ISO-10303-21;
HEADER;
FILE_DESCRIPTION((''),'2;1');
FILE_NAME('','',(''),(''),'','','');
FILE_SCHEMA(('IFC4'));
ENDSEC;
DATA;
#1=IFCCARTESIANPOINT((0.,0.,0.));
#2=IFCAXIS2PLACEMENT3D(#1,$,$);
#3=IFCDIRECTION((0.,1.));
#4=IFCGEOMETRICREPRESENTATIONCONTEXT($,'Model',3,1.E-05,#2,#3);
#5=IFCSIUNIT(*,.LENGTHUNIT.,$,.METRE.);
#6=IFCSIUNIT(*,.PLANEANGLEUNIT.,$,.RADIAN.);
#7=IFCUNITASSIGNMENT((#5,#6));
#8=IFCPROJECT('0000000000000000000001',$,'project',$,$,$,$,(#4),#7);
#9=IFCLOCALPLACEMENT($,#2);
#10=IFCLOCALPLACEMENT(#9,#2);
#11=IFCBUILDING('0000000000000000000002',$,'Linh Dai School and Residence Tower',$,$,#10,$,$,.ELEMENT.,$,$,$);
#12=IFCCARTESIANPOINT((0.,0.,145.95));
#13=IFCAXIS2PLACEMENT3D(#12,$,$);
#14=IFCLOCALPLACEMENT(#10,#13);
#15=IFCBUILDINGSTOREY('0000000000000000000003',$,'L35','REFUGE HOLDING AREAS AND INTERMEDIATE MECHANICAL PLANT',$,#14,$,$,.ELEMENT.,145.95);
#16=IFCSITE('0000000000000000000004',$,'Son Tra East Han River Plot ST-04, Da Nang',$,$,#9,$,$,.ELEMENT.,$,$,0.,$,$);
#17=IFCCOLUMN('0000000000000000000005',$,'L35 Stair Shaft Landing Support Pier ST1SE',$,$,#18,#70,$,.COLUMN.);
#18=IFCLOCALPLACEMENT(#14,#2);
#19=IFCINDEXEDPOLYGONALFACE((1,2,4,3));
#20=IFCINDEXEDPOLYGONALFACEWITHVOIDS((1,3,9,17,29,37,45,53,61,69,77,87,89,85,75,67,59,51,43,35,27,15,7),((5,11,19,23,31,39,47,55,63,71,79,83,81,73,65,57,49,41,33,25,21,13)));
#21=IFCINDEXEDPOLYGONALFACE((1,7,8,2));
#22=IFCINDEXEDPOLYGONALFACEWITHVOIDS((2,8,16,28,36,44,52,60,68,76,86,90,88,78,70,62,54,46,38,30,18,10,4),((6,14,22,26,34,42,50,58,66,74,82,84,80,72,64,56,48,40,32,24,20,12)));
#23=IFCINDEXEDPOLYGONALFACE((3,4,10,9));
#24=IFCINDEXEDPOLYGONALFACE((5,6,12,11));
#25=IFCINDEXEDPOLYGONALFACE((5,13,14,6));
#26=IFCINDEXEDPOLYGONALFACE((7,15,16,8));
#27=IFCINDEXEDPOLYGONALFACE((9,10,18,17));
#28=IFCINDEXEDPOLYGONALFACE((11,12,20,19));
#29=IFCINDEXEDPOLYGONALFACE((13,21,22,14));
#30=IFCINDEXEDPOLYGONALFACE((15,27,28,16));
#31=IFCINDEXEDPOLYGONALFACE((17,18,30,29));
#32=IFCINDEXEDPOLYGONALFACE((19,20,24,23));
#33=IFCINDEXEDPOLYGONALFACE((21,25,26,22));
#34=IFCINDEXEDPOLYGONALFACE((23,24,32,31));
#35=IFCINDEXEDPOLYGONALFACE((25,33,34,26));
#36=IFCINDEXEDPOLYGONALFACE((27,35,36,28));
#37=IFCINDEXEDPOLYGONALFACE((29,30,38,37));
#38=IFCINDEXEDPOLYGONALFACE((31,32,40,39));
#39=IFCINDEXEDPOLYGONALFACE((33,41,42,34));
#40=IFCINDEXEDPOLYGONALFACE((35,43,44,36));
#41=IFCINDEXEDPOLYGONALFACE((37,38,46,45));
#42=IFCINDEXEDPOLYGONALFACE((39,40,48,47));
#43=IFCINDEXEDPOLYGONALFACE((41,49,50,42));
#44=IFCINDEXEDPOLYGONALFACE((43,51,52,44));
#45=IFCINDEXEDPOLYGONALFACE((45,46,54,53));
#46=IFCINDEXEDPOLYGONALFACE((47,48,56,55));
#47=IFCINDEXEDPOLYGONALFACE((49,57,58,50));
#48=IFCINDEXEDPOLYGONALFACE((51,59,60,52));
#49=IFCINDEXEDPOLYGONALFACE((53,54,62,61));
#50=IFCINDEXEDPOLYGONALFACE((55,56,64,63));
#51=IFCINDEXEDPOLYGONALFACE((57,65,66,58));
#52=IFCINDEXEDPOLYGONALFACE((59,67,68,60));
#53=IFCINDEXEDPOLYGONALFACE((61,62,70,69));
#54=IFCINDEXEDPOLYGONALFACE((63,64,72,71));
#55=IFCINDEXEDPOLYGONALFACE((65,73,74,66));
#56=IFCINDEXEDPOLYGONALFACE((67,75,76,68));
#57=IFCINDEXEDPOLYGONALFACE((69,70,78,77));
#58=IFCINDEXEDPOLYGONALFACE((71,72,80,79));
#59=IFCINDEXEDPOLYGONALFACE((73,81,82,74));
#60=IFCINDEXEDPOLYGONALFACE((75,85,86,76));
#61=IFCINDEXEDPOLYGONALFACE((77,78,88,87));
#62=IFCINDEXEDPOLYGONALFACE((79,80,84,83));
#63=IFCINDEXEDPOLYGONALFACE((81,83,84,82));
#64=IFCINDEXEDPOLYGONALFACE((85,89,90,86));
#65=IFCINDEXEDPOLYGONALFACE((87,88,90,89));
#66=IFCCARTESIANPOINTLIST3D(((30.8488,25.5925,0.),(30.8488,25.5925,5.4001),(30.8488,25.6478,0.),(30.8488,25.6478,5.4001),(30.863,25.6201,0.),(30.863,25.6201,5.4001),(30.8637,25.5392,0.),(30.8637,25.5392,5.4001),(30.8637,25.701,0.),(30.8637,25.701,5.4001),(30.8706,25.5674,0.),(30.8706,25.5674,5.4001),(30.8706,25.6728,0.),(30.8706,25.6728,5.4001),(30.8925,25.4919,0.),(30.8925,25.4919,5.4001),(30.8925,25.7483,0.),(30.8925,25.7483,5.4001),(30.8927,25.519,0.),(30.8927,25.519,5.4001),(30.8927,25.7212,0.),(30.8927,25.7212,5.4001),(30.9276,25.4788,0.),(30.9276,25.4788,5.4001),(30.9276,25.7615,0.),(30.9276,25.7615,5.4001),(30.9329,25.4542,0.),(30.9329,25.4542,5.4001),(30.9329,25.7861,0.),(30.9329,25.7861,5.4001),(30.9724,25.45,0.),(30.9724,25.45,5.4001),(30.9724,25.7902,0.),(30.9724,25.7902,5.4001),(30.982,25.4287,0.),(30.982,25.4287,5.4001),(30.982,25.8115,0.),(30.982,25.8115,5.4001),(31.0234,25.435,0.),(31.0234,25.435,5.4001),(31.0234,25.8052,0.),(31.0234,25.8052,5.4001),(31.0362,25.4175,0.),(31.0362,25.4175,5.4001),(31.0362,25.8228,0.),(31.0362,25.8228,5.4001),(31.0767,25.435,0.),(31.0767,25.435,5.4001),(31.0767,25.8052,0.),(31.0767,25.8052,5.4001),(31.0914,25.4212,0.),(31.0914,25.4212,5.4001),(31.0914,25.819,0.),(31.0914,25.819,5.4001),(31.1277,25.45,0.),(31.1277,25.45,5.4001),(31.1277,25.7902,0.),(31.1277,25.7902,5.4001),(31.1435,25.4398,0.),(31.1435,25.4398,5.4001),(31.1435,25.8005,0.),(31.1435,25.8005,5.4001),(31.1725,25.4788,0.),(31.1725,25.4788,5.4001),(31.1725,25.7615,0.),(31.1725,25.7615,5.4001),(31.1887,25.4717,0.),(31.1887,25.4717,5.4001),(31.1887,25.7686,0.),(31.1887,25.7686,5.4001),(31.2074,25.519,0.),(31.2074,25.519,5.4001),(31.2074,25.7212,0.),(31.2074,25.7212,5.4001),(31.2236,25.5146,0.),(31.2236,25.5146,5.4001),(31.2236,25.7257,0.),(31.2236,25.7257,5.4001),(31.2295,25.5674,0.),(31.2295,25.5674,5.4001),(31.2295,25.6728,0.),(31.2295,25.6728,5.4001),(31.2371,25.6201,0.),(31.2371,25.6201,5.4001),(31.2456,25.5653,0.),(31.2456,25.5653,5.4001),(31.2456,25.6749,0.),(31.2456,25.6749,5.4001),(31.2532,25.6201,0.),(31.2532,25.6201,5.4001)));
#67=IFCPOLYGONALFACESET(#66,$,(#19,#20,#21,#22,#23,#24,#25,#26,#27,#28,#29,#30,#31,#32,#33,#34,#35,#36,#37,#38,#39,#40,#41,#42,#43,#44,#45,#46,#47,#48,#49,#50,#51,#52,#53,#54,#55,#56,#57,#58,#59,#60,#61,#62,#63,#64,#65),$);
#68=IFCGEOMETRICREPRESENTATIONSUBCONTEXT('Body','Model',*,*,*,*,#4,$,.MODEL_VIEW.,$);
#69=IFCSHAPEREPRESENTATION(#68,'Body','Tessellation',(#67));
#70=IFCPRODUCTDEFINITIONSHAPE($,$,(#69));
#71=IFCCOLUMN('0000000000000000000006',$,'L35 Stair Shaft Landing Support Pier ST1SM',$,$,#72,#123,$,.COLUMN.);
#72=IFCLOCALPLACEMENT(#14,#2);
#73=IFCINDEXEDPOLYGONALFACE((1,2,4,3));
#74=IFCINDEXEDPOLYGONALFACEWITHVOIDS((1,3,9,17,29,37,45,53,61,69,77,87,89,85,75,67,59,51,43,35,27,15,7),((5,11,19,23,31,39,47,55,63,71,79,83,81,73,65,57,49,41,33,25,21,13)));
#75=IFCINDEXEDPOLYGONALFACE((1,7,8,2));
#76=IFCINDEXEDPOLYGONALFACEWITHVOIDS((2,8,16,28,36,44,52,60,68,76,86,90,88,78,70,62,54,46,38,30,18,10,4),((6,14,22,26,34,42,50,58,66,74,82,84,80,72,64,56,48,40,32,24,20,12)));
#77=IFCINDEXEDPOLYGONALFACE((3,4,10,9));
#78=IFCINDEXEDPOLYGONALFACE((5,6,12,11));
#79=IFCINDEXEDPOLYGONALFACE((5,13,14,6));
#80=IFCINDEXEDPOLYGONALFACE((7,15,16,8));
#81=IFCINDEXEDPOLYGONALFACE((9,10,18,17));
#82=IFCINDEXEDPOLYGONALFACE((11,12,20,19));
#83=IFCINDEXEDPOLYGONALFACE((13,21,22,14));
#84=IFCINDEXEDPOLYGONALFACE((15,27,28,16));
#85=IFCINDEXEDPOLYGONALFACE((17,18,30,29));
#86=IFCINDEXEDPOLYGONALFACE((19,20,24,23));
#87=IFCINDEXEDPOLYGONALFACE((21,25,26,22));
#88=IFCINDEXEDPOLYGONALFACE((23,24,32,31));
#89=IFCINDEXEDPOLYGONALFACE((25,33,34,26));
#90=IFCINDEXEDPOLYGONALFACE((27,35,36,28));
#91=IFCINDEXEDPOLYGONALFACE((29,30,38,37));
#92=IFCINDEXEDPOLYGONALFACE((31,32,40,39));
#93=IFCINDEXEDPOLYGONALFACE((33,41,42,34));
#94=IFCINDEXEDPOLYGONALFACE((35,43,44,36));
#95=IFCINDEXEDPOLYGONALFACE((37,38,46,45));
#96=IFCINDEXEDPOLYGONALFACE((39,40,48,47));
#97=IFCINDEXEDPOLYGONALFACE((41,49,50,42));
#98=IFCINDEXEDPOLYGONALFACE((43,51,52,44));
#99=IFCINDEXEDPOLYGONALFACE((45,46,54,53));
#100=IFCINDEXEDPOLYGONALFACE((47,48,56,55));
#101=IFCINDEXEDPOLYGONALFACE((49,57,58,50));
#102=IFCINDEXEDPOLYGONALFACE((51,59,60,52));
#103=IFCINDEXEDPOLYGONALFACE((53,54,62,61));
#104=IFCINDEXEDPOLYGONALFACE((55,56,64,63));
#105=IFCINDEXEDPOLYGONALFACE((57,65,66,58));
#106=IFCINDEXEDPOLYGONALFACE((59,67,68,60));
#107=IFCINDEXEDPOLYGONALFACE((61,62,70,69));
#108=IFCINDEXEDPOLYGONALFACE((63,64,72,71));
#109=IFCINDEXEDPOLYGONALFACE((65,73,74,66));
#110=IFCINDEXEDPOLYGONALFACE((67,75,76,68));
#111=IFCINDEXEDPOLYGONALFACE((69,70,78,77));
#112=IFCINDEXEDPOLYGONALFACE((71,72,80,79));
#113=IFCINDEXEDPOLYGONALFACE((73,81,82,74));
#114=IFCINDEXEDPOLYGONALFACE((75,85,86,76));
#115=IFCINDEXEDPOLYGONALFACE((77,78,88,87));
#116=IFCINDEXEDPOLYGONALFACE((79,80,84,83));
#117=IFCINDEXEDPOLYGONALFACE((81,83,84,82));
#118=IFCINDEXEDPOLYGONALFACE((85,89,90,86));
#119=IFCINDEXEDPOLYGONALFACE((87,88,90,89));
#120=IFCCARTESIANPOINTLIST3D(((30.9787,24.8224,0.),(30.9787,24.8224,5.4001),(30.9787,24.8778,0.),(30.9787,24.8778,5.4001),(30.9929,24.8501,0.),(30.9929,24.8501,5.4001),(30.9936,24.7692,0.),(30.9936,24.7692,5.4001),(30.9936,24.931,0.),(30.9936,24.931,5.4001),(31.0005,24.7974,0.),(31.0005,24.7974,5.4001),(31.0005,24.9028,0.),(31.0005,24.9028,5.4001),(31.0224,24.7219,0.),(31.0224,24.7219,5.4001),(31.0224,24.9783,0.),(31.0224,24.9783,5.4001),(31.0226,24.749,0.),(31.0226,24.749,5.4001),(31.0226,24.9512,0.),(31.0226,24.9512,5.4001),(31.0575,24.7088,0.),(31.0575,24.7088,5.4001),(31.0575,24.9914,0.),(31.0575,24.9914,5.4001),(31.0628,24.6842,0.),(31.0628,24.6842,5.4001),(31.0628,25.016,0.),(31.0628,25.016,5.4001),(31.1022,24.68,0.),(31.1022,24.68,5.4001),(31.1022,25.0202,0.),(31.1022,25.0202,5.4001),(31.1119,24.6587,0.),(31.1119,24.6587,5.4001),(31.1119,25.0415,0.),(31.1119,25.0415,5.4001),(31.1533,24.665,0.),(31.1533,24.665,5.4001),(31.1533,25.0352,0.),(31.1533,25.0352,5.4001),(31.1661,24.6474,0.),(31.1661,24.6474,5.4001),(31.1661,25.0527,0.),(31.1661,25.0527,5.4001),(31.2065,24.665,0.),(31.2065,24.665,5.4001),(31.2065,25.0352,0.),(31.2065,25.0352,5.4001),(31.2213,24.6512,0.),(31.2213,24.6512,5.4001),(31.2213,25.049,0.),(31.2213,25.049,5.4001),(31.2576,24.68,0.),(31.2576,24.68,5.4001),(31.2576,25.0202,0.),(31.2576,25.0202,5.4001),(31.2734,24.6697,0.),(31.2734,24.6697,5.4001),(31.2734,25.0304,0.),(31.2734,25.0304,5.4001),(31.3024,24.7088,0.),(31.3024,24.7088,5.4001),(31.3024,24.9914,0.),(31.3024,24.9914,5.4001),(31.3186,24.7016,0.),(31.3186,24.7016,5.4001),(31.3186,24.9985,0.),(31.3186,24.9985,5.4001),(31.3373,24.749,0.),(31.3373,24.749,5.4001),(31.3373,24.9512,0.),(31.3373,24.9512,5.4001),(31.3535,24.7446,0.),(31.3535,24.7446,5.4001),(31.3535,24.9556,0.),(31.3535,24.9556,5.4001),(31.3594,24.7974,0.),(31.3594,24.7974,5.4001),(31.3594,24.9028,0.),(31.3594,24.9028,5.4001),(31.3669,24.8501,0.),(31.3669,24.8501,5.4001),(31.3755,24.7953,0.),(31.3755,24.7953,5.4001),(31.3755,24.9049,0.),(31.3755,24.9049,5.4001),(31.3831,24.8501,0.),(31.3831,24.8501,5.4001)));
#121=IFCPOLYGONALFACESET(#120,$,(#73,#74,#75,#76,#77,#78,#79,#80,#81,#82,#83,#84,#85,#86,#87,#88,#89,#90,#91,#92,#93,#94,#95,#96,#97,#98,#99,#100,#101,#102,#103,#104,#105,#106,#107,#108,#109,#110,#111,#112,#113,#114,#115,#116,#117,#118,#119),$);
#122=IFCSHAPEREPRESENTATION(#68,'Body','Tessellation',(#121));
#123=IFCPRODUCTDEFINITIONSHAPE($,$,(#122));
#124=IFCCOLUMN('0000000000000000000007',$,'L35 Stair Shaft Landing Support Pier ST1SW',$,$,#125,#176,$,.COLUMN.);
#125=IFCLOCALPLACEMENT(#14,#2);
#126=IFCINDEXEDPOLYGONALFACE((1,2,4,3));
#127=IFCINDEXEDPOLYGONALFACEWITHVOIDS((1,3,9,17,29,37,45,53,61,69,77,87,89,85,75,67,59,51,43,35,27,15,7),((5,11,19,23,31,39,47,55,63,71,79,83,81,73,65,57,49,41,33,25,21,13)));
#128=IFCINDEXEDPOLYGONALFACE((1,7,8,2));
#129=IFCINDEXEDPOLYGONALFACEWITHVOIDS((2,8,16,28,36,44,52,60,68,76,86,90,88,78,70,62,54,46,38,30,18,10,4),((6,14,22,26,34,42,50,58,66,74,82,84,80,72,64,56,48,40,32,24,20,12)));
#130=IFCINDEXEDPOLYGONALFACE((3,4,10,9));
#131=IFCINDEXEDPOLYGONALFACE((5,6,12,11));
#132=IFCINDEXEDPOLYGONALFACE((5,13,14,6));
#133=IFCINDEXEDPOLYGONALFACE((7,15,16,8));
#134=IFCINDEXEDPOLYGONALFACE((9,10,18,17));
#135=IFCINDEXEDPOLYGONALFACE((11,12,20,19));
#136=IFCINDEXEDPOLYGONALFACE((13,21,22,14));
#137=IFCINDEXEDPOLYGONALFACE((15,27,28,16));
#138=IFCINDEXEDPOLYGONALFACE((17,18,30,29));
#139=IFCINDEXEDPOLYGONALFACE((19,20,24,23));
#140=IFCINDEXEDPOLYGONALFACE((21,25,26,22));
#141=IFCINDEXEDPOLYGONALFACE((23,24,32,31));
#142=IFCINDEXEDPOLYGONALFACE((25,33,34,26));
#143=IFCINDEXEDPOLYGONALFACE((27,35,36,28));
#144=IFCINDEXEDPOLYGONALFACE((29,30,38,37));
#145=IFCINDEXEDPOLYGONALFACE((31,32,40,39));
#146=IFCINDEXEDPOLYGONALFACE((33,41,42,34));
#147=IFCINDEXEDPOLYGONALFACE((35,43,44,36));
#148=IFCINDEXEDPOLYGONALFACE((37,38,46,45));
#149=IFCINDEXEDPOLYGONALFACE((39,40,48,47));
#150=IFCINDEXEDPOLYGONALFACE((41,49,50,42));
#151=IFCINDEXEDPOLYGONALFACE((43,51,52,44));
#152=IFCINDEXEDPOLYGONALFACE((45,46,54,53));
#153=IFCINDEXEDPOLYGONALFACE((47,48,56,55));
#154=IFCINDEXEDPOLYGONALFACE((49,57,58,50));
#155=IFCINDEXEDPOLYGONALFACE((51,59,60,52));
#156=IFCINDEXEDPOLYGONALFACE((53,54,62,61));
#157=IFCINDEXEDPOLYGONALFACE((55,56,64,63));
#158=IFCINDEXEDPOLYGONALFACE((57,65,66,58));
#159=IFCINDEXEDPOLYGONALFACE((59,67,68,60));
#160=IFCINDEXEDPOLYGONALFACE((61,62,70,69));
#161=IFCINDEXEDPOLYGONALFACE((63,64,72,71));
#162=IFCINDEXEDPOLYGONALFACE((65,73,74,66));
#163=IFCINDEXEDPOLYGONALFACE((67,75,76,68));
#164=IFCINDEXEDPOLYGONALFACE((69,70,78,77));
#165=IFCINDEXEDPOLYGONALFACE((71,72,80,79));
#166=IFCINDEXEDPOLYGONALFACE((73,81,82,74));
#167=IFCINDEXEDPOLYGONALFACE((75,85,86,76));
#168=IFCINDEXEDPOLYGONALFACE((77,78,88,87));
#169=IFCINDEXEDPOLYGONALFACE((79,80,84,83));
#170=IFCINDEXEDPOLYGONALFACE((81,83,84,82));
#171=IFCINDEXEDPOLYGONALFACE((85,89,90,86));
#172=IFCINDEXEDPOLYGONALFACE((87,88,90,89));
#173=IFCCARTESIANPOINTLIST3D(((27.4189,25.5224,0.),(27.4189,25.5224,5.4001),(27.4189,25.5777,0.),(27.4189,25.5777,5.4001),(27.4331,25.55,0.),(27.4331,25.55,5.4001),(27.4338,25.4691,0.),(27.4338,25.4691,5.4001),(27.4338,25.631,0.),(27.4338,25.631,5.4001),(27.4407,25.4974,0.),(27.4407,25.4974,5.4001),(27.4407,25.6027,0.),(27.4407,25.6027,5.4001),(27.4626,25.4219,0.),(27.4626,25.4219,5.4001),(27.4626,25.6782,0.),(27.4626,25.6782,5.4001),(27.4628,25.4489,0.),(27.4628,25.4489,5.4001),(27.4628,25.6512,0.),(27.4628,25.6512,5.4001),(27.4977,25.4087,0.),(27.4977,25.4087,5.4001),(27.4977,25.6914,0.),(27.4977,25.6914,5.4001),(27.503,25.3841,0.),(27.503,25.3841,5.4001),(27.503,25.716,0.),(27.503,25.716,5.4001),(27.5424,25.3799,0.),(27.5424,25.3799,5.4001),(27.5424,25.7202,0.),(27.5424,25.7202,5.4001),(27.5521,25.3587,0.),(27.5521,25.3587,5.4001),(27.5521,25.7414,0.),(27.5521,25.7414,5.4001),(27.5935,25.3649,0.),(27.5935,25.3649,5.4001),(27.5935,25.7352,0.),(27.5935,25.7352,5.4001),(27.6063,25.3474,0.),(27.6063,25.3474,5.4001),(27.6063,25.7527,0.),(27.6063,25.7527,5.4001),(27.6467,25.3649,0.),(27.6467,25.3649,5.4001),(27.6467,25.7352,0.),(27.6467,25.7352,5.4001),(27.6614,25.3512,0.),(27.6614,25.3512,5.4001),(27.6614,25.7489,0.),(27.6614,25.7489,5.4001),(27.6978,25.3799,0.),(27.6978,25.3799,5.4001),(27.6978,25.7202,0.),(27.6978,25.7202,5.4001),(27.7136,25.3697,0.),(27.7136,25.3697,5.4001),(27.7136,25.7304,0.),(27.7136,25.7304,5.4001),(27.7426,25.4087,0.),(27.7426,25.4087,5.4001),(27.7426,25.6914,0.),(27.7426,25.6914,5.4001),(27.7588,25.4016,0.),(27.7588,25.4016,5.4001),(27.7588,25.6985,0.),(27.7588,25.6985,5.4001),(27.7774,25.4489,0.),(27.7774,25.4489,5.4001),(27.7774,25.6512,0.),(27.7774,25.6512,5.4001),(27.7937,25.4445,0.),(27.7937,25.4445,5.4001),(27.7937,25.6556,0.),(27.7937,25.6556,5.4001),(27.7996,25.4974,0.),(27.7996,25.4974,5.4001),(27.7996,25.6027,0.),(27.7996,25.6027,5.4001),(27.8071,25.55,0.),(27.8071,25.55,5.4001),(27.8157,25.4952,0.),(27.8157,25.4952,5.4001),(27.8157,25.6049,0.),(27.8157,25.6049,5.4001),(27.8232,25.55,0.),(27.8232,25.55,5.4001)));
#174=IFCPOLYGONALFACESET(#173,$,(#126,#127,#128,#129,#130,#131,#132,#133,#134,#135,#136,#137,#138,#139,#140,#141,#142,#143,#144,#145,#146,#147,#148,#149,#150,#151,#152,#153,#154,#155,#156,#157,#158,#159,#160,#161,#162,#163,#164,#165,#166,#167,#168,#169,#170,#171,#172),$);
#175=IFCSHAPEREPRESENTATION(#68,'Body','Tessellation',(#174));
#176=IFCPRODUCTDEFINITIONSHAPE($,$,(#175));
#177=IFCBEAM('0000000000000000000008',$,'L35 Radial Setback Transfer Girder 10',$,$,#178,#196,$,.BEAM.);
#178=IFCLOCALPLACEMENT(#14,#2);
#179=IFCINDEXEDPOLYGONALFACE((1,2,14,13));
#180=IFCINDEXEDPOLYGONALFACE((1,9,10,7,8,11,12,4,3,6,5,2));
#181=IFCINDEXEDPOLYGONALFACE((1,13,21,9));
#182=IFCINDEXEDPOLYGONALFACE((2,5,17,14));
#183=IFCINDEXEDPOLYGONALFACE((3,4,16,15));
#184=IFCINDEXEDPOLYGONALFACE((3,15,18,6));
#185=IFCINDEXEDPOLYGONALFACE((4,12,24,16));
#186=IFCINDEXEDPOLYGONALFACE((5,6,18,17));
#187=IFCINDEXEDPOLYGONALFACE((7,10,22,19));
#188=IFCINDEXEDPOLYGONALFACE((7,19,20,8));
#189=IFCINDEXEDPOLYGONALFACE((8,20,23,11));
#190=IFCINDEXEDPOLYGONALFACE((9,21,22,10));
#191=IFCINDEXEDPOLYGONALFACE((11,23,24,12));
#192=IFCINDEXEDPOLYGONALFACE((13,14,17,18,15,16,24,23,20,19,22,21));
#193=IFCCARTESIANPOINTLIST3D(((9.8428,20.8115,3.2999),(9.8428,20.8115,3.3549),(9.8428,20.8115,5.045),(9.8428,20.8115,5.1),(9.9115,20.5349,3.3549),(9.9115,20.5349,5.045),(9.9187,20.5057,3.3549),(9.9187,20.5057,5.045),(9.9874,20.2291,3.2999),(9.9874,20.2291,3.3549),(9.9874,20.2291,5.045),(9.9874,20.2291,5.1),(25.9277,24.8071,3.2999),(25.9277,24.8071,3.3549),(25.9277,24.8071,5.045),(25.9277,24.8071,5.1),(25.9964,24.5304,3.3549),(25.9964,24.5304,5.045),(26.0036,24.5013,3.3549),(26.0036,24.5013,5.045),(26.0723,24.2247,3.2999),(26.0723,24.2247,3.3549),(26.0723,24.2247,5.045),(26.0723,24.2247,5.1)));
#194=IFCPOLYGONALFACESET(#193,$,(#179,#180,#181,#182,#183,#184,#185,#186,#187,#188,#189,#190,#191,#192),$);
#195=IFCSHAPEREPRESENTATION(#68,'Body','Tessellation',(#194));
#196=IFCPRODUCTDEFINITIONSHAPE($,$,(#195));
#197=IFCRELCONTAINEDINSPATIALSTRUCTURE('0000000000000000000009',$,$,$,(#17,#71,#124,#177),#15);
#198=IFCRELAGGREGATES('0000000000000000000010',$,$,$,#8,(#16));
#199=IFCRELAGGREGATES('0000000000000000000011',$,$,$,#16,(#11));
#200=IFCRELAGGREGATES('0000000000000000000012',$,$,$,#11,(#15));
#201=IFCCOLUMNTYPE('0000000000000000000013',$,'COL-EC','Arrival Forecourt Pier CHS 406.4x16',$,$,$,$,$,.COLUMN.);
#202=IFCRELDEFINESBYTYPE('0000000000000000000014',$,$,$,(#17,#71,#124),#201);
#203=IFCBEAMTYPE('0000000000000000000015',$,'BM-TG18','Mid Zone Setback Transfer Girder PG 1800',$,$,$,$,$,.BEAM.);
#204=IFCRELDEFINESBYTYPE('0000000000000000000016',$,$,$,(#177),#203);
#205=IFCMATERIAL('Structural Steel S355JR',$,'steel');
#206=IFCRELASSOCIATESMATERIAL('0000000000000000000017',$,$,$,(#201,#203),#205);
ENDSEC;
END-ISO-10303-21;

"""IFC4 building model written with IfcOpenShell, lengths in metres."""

from ifc_helpers import new_model, si_unit, direction, frame, origin, origin_2d, place, context, subcontext, project, spatial, hollow_circle, i_section, extrude, material, material_profile, profile_set, type_object, element, save


model = new_model("IFC4")

# Units and contexts
model_context = context("Model", 3, precision=1e-05, world=origin(), true_north=direction((0.0, 1.0)))
body_context = subcontext(model_context, "Body", "Model", "MODEL_VIEW")
ifc_project = project(units=[si_unit("LENGTHUNIT", "METRE"), si_unit("PLANEANGLEUNIT", "RADIAN")], contexts=[model_context])

# Site, building, storey
site_placement = place(None, origin())
site = spatial("IfcSite", under=ifc_project, at=site_placement, Name="Son Tra East Han River Plot ST-04, Da Nang", CompositionType="ELEMENT", RefElevation=0.0)
building_placement = place(site_placement, origin())
building = spatial("IfcBuilding", under=site, at=building_placement, Name="Linh Dai School and Residence Tower", CompositionType="ELEMENT")
storey_placement = place(building_placement, frame((0.0, 0.0, 145.95)))
storey = spatial("IfcBuildingStorey", under=building, at=storey_placement, Name="L35", Description="REFUGE HOLDING AREAS AND INTERMEDIATE MECHANICAL PLANT", CompositionType="ELEMENT", Elevation=145.95)

# Columns
ifc_material_1 = material(Name="Structural Steel S355JR", Category="steel")
ifc_material_profile_1 = material_profile(ifc_material_1, hollow_circle(Radius=0.2031, WallThickness=0.0161, at=origin_2d()), Name="CHS 406.4x16")
ifc_profile_set_1 = profile_set([ifc_material_profile_1], Name="Structural Steel S355JR")
column_type = type_object("IfcColumnType", Name="COL-EC", Description="Arrival Forecourt Pier CHS 406.4x16", PredefinedType="COLUMN", material=ifc_profile_set_1)
for number, where, z_axis, x_axis, name in (
    (1, (31.05, 25.6201, 0.0), (0.0, 0.0, 1.0), (1.0, 0.0, 0.0), "L35 Stair Shaft Landing Support Pier ST1SE"),
    (2, (31.1799, 24.8501, 0.0), (0.0, 0.0, 1.0), (1.0, 0.0, 0.0), "L35 Stair Shaft Landing Support Pier ST1SM"),
    (3, (27.6201, 25.55, 0.0), (0.0, 0.0, 1.0), (1.0, 0.0, 0.0), "L35 Stair Shaft Landing Support Pier ST1SW"),
):
    element("IfcColumn", number, at=place(storey_placement, frame(where, z_axis=z_axis, x_axis=x_axis)), inside=storey, type_object=column_type, Name=name, PredefinedType="COLUMN", context=body_context, shape_type="SweptSolid", body=[
        extrude(hollow_circle(Radius=0.2031, WallThickness=0.0161, at=origin_2d()), origin(), (0.0, 0.0, 1.0), 5.4001),
    ])

# Beam
ifc_material_profile_2 = material_profile(ifc_material_1, i_section(OverallWidth=0.6001, OverallDepth=1.8, WebThickness=0.03, FlangeThickness=0.0549, at=origin_2d()), Name="PG 1800x600x30x55")
ifc_profile_set_2 = profile_set([ifc_material_profile_2], Name="Structural Steel S355JR")
beam_type = type_object("IfcBeamType", Name="BM-TG18", Description="Mid Zone Setback Transfer Girder PG 1800", PredefinedType="BEAM", material=ifc_profile_set_2)
beam_placement = place(storey_placement, frame((26.0, 24.5159, 4.2), z_axis=(-0.970505, -0.24108, 0.0), x_axis=(0.24108, -0.970505, 0.0)))
element("IfcBeam", 4, at=beam_placement, inside=storey, type_object=beam_type, Name="L35 Radial Setback Transfer Girder 10", PredefinedType="BEAM", context=body_context, shape_type="SweptSolid", body=[
    extrude(i_section(OverallWidth=0.6001, OverallDepth=1.8, WebThickness=0.03, FlangeThickness=0.0549, at=origin_2d()), origin(), (0.0, 0.0, 1.0), 16.5737),
])

save(model, "model.ifc")
